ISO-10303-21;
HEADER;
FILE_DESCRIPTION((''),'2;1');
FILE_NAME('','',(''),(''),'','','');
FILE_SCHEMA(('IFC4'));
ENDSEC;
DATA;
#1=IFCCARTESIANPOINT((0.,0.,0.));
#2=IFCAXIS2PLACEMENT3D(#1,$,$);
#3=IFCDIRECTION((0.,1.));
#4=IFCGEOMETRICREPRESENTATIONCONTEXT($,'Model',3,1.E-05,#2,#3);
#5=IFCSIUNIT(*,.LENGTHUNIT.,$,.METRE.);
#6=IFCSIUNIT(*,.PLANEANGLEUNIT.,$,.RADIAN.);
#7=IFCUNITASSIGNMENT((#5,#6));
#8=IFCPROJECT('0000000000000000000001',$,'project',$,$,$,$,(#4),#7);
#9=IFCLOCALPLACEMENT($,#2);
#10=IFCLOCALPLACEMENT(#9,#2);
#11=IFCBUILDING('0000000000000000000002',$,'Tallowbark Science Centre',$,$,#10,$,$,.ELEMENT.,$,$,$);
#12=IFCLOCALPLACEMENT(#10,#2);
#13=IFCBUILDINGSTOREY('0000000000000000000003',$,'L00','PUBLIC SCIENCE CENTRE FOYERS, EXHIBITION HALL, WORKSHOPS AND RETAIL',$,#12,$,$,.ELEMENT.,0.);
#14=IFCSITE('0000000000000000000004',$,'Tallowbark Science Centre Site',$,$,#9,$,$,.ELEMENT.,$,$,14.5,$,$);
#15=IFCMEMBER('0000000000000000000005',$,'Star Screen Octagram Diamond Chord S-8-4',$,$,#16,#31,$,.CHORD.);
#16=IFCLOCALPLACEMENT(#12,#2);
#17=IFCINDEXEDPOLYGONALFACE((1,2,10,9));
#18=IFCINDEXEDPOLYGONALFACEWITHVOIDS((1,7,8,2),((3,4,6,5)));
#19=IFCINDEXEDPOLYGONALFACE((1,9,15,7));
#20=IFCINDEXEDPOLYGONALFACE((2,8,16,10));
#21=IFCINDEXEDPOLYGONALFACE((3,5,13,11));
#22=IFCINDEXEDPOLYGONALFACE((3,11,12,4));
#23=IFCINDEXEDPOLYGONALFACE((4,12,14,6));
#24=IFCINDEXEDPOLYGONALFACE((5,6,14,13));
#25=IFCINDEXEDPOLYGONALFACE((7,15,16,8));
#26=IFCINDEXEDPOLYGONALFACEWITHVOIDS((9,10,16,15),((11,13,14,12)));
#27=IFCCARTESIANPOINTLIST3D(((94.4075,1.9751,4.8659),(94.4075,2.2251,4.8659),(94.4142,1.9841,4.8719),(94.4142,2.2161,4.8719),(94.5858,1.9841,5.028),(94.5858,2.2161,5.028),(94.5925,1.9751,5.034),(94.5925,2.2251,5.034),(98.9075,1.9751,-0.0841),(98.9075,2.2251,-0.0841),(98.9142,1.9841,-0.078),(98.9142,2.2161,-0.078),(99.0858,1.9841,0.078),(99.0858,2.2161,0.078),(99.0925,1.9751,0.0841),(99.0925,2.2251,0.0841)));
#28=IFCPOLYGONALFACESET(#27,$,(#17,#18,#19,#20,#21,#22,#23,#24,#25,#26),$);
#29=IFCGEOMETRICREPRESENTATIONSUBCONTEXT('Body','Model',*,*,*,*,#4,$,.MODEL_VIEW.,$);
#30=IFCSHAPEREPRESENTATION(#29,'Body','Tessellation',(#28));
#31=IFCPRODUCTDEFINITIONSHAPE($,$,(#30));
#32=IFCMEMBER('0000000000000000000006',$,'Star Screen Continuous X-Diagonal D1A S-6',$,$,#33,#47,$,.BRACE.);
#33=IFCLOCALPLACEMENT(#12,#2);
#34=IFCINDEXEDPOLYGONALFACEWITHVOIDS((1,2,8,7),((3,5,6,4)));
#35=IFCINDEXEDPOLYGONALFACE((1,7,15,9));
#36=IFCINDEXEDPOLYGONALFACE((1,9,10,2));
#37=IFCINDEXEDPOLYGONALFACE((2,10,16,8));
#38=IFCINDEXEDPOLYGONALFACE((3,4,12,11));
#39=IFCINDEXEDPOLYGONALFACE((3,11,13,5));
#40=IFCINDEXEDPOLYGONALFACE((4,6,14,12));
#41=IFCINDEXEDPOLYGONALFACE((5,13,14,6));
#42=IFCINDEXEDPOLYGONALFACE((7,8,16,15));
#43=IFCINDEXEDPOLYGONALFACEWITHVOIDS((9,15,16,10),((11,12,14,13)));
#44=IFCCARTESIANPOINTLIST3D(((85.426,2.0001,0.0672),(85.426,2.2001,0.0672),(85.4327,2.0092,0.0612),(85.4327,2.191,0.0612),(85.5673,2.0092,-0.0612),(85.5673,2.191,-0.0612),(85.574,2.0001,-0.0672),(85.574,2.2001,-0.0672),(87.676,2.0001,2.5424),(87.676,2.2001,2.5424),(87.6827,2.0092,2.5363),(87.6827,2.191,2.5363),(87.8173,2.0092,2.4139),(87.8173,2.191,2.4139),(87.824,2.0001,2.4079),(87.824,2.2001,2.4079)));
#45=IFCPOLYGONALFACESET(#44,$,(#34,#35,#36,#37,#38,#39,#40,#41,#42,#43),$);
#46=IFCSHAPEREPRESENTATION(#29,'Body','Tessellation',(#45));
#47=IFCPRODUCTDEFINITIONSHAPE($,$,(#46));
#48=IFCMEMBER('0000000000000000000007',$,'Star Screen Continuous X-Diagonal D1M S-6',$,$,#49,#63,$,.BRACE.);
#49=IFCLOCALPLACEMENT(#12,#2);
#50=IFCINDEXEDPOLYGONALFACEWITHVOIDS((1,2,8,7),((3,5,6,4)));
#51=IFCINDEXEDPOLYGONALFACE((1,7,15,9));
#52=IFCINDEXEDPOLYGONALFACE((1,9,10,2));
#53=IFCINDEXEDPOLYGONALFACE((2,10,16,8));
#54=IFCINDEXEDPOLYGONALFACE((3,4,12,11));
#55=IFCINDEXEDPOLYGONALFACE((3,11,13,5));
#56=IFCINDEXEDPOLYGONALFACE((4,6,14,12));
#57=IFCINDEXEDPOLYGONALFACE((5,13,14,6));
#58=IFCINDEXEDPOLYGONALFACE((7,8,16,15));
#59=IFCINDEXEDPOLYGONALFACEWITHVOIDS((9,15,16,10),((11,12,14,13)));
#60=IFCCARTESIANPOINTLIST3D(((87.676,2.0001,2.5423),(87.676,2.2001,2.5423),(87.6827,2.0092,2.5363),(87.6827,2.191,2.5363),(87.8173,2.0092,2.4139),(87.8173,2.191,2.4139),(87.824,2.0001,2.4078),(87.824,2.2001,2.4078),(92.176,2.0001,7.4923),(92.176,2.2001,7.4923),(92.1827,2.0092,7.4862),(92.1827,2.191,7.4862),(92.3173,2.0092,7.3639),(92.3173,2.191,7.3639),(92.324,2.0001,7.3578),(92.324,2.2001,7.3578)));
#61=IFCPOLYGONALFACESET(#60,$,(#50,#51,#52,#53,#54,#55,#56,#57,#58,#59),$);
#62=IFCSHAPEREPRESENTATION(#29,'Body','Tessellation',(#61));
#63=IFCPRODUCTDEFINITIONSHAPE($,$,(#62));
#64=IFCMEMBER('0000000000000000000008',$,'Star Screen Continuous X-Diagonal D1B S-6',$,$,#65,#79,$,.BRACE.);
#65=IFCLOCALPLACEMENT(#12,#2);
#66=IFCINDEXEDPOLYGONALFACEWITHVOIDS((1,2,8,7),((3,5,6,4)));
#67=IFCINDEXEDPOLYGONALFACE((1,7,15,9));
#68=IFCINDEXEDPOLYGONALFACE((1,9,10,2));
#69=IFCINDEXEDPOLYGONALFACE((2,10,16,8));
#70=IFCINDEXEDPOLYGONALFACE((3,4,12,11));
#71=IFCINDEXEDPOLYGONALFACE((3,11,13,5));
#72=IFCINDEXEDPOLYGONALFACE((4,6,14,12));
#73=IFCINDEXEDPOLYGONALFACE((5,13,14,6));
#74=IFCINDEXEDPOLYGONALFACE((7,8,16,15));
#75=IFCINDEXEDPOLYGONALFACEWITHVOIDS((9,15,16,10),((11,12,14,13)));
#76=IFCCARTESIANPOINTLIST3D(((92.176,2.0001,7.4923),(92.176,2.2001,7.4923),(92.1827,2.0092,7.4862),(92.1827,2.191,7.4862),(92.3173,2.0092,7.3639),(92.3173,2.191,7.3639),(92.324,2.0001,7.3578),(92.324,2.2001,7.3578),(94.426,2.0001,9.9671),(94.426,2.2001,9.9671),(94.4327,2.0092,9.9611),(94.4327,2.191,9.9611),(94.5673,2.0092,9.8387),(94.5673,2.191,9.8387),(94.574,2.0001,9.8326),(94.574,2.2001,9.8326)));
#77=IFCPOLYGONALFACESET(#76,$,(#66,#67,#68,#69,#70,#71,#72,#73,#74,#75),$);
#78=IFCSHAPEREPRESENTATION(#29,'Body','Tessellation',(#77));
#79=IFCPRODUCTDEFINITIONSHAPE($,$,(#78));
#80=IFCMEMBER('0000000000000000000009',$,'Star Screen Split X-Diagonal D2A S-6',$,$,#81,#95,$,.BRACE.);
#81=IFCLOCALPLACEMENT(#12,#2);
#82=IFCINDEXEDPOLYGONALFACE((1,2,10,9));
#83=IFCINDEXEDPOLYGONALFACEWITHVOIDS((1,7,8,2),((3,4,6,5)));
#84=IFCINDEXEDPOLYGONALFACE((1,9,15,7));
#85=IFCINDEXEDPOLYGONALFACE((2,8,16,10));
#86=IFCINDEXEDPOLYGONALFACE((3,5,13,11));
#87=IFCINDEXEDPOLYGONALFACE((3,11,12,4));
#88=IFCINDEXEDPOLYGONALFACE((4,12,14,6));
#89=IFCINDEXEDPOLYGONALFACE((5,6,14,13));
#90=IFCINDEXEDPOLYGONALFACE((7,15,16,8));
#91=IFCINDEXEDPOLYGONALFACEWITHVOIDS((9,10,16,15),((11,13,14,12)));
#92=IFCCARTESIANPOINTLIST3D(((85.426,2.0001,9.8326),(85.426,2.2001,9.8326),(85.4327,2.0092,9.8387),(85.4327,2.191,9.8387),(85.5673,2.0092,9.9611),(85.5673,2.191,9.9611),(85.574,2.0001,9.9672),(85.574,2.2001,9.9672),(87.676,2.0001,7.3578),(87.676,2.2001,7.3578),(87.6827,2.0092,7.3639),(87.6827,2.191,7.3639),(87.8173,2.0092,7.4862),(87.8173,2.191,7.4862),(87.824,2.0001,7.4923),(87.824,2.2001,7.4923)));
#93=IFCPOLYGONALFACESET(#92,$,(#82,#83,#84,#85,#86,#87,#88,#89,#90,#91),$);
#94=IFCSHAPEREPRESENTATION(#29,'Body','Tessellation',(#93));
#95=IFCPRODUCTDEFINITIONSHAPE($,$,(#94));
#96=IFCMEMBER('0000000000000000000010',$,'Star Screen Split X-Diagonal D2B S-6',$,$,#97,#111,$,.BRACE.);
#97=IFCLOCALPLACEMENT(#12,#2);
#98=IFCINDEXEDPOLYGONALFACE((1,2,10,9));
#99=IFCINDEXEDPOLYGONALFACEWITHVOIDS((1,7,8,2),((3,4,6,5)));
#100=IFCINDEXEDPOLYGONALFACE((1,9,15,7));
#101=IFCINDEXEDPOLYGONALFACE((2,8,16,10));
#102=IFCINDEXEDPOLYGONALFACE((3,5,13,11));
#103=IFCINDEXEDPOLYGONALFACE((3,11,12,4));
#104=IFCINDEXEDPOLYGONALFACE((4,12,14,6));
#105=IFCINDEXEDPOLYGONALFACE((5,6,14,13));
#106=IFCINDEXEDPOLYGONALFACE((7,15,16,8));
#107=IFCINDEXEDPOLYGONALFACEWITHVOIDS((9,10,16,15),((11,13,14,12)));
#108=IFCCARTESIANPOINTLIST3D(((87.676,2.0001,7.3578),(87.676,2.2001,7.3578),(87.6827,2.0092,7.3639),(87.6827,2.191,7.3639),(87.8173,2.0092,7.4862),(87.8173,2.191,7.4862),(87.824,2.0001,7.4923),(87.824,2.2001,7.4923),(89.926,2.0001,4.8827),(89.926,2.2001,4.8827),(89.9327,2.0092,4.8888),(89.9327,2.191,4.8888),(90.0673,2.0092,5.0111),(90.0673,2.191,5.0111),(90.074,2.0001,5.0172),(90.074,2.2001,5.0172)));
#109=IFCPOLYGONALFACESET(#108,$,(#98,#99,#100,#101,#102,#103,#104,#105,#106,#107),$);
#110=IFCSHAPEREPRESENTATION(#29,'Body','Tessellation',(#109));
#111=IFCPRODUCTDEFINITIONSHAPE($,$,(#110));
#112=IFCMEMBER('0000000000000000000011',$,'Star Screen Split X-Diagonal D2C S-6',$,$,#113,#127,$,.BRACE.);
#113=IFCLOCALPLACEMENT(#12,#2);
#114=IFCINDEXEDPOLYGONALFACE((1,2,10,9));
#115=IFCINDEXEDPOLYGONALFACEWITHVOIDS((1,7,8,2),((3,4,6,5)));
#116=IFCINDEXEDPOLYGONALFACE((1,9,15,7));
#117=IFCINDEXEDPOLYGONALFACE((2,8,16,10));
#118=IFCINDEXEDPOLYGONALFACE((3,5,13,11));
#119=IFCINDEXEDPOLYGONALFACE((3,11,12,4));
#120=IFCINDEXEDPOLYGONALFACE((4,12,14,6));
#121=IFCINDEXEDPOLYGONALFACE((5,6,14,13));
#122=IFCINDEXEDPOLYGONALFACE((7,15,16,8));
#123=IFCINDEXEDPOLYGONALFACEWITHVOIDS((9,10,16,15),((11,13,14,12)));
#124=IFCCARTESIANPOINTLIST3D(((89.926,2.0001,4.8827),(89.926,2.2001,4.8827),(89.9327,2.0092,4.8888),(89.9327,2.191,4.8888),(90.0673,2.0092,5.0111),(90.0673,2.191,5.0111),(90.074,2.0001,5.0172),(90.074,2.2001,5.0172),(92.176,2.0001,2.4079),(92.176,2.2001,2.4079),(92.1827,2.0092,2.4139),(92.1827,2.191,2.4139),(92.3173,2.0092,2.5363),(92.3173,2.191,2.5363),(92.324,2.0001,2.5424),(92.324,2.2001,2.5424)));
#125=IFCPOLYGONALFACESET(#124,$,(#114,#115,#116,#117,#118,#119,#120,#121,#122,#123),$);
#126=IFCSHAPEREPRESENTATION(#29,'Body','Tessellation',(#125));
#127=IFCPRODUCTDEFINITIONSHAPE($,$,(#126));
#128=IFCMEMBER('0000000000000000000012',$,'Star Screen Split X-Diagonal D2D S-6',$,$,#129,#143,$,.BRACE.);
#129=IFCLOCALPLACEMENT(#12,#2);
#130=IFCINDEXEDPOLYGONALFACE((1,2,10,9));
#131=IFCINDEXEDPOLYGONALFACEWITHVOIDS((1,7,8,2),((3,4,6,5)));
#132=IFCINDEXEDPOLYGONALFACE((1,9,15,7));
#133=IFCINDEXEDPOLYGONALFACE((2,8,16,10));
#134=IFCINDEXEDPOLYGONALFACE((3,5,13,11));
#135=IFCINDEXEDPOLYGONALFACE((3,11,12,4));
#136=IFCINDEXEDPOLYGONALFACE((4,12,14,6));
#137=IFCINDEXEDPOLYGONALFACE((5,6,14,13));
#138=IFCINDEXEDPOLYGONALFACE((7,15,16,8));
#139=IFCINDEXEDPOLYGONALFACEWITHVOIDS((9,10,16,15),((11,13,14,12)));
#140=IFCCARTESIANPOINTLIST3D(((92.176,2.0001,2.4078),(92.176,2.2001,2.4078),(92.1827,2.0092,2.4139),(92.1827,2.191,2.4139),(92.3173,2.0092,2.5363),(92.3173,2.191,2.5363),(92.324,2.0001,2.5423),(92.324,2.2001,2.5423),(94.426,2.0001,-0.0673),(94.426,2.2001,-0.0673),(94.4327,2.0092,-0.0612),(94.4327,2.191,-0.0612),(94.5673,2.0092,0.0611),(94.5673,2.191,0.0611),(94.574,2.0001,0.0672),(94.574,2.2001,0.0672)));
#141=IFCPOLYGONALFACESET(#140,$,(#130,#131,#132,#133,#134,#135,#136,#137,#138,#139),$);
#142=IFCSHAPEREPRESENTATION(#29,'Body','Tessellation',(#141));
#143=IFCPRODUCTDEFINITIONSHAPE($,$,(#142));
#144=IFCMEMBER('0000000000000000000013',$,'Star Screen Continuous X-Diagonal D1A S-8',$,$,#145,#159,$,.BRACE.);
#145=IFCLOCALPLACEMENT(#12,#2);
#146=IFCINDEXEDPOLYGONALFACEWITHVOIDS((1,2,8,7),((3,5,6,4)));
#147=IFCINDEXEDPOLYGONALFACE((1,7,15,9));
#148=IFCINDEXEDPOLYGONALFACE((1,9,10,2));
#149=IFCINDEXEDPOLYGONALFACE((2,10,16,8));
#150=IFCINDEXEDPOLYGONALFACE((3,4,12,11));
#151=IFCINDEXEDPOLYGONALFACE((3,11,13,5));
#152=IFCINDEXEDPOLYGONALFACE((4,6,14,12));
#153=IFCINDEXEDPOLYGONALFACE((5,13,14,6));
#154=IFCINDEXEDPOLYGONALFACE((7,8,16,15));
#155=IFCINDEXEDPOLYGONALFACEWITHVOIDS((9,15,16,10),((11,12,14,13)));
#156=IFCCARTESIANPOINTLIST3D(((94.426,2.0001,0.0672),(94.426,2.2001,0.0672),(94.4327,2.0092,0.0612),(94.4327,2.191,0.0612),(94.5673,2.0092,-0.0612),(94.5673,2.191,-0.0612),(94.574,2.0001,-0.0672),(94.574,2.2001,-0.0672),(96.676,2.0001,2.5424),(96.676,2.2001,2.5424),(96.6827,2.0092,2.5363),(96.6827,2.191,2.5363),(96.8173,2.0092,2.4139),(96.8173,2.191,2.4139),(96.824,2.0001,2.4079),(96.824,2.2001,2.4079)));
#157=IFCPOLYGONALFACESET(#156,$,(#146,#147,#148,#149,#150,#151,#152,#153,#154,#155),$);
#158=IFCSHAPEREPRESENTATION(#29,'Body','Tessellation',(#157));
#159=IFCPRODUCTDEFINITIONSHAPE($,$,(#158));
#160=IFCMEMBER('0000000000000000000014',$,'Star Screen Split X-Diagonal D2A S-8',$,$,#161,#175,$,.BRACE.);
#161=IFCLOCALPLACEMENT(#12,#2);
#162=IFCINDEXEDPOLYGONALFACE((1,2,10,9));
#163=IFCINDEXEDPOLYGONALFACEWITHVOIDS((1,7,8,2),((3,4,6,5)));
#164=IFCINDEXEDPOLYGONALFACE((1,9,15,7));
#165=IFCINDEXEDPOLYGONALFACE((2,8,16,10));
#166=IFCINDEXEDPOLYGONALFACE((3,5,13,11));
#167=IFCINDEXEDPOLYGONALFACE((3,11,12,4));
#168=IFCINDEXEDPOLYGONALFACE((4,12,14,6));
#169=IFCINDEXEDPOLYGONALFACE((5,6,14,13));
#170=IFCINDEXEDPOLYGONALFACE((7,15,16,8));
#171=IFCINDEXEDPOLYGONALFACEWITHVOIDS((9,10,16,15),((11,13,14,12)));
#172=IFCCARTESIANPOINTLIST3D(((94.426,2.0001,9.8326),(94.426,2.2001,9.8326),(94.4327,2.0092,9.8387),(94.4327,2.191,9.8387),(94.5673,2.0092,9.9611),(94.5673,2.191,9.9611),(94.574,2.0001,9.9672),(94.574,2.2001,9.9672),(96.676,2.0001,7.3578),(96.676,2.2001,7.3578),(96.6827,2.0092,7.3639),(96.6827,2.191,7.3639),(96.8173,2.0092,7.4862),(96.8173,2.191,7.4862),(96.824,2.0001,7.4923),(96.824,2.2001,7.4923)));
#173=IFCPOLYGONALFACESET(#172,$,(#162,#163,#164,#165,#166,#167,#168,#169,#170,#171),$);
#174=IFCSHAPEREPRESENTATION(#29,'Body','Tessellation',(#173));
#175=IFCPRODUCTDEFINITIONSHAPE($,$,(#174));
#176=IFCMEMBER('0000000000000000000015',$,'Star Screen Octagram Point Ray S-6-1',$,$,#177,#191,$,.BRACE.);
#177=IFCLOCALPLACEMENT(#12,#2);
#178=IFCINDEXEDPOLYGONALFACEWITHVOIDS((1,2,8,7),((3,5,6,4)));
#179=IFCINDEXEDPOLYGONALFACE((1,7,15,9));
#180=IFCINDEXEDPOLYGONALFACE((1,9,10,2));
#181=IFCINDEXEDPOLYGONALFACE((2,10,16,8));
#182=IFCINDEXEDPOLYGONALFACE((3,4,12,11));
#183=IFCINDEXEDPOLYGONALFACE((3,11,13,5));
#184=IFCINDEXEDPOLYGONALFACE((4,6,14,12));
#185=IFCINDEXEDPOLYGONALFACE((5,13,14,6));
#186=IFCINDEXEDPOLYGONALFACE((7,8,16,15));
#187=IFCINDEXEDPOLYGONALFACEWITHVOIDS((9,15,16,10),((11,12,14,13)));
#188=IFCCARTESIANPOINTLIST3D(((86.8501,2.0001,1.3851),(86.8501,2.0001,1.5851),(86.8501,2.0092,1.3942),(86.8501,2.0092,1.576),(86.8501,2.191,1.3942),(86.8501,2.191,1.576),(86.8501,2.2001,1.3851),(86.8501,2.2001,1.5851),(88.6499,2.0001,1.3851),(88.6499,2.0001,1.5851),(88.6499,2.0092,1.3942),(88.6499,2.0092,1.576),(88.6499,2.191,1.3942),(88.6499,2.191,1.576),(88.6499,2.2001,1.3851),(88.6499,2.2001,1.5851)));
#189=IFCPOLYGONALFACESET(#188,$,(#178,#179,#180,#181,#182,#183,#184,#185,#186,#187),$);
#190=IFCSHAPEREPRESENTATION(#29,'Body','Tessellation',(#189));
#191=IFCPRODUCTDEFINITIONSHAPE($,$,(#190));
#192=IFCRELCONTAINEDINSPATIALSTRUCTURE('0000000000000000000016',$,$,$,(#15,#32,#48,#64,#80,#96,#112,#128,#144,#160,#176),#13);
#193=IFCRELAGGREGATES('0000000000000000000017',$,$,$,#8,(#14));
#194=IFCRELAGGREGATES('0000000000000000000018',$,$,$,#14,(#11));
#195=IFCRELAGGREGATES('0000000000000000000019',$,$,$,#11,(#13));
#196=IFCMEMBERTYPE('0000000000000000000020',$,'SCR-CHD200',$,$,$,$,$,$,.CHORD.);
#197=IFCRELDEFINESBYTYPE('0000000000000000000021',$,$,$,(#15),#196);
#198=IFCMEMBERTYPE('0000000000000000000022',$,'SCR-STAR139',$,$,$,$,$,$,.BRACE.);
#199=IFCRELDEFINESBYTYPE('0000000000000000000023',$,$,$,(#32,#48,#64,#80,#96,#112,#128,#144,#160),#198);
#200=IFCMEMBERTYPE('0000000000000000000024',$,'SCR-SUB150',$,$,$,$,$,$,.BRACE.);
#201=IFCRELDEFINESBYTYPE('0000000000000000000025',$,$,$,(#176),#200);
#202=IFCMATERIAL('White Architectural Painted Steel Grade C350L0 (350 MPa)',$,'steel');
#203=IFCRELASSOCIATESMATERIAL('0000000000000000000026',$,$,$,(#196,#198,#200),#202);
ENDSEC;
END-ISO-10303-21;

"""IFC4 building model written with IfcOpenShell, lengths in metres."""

from ifc_helpers import new_model, si_unit, direction, frame, origin, origin_2d, place, context, subcontext, project, spatial, hollow_rectangle, extrude, material, material_profile, profile_set, type_object, element, save


model = new_model("IFC4")

# Units and contexts
model_context = context("Model", 3, precision=1e-05, world=origin(), true_north=direction((0.0, 1.0)))
body_context = subcontext(model_context, "Body", "Model", "MODEL_VIEW")
ifc_project = project(units=[si_unit("LENGTHUNIT", "METRE"), si_unit("PLANEANGLEUNIT", "RADIAN")], contexts=[model_context])

# Site, building, storey
site_placement = place(None, origin())
site = spatial("IfcSite", under=ifc_project, at=site_placement, Name="Tallowbark Science Centre Site", CompositionType="ELEMENT", RefElevation=14.5)
building_placement = place(site_placement, origin())
building = spatial("IfcBuilding", under=site, at=building_placement, Name="Tallowbark Science Centre", CompositionType="ELEMENT")
storey_placement = place(building_placement, origin())
storey = spatial("IfcBuildingStorey", under=building, at=storey_placement, Name="L00", Description="PUBLIC SCIENCE CENTRE FOYERS, EXHIBITION HALL, WORKSHOPS AND RETAIL", CompositionType="ELEMENT", Elevation=0.0)

# Shared definitions
ifc_material_1 = material(Name="White Architectural Painted Steel Grade C350L0 (350 MPa)", Category="steel")

# Members
ifc_material_profile_1 = material_profile(ifc_material_1, hollow_rectangle(XDim=0.25, YDim=0.25, WallThickness=0.009, at=origin_2d()), Name="250x250x9.0SHS")
ifc_profile_set_1 = profile_set([ifc_material_profile_1], Name="White Architectural Painted Steel Grade C350L0 (350 MPa)")
member_type_1 = type_object("IfcMemberType", Name="SCR-CHD200", PredefinedType="CHORD", material=ifc_profile_set_1)
member_1_placement = place(storey_placement, frame((94.5, 2.1001, 4.95), z_axis=(0.672676, 0.0, -0.739937), x_axis=(0.0, 1.0, 0.0)))
element("IfcMember", 1, at=member_1_placement, inside=storey, type_object=member_type_1, Name="Star Screen Octagram Diamond Chord S-8-4", PredefinedType="CHORD", context=body_context, shape_type="SweptSolid", body=[
    extrude(hollow_rectangle(XDim=0.25, YDim=0.25, WallThickness=0.009, at=origin_2d()), origin(), (0.0, 0.0, 1.0), 6.6897),
])
ifc_material_profile_2 = material_profile(ifc_material_1, hollow_rectangle(XDim=0.2, YDim=0.2, WallThickness=0.009, at=origin_2d()), Name="200x200x9.0SHS")
ifc_profile_set_2 = profile_set([ifc_material_profile_2], Name="White Architectural Painted Steel Grade C350L0 (350 MPa)")
member_type_2 = type_object("IfcMemberType", Name="SCR-STAR139", PredefinedType="BRACE", material=ifc_profile_set_2)
member_2_placement = place(storey_placement, frame((85.5, 2.1001, 0.0), z_axis=(0.672658, 0.0, 0.739953), x_axis=(0.0, 1.0, 0.0)))
element("IfcMember", 2, at=member_2_placement, inside=storey, type_object=member_type_2, Name="Star Screen Continuous X-Diagonal D1A S-6", PredefinedType="BRACE", context=body_context, shape_type="SweptSolid", body=[
    extrude(hollow_rectangle(XDim=0.2, YDim=0.2, WallThickness=0.009, at=origin_2d()), origin(), (0.0, 0.0, 1.0), 3.345),
])
member_3_placement = place(storey_placement, frame((87.75, 2.1001, 2.4751), z_axis=(0.672676, 0.0, 0.739937), x_axis=(0.0, 1.0, 0.0)))
element("IfcMember", 3, at=member_3_placement, inside=storey, type_object=member_type_2, Name="Star Screen Continuous X-Diagonal D1M S-6", PredefinedType="BRACE", context=body_context, shape_type="SweptSolid", body=[
    extrude(hollow_rectangle(XDim=0.2, YDim=0.2, WallThickness=0.009, at=origin_2d()), origin(), (0.0, 0.0, 1.0), 6.6897),
])
for number, where, z_axis, x_axis, name in (
    (4, (92.25, 2.1001, 7.425), (0.672695, 0.0, 0.73992), (0.0, 1.0, 0.0), "Star Screen Continuous X-Diagonal D1B S-6"),
    (5, (85.5, 2.1001, 9.8999), (0.672695, 0.0, -0.73992), (0.0, 1.0, 0.0), "Star Screen Split X-Diagonal D2A S-6"),
):
    element("IfcMember", number, at=place(storey_placement, frame(where, z_axis=z_axis, x_axis=x_axis)), inside=storey, type_object=member_type_2, Name=name, PredefinedType="BRACE", context=body_context, shape_type="SweptSolid", body=[
        extrude(hollow_rectangle(XDim=0.2, YDim=0.2, WallThickness=0.009, at=origin_2d()), origin(), (0.0, 0.0, 1.0), 3.3447),
    ])
member_4_placement = place(storey_placement, frame((87.75, 2.1001, 7.425), z_axis=(0.672658, 0.0, -0.739953), x_axis=(0.0, 1.0, 0.0)))
element("IfcMember", 6, at=member_4_placement, inside=storey, type_object=member_type_2, Name="Star Screen Split X-Diagonal D2B S-6", PredefinedType="BRACE", context=body_context, shape_type="SweptSolid", body=[
    extrude(hollow_rectangle(XDim=0.2, YDim=0.2, WallThickness=0.009, at=origin_2d()), origin(), (0.0, 0.0, 1.0), 3.345),
])
member_5_placement = place(storey_placement, frame((90.0, 2.1001, 4.95), z_axis=(0.672695, 0.0, -0.73992), x_axis=(0.0, 1.0, 0.0)))
element("IfcMember", 7, at=member_5_placement, inside=storey, type_object=member_type_2, Name="Star Screen Split X-Diagonal D2C S-6", PredefinedType="BRACE", context=body_context, shape_type="SweptSolid", body=[
    extrude(hollow_rectangle(XDim=0.2, YDim=0.2, WallThickness=0.009, at=origin_2d()), origin(), (0.0, 0.0, 1.0), 3.3447),
])
for number, where, z_axis, x_axis, name in (
    (8, (92.25, 2.1001, 2.4751), (0.672658, 0.0, -0.739953), (0.0, 1.0, 0.0), "Star Screen Split X-Diagonal D2D S-6"),
    (9, (94.5, 2.1001, 0.0), (0.672658, 0.0, 0.739953), (0.0, 1.0, 0.0), "Star Screen Continuous X-Diagonal D1A S-8"),
):
    element("IfcMember", number, at=place(storey_placement, frame(where, z_axis=z_axis, x_axis=x_axis)), inside=storey, type_object=member_type_2, Name=name, PredefinedType="BRACE", context=body_context, shape_type="SweptSolid", body=[
        extrude(hollow_rectangle(XDim=0.2, YDim=0.2, WallThickness=0.009, at=origin_2d()), origin(), (0.0, 0.0, 1.0), 3.345),
    ])
member_6_placement = place(storey_placement, frame((94.5, 2.1001, 9.8999), z_axis=(0.672695, 0.0, -0.73992), x_axis=(0.0, 1.0, 0.0)))
element("IfcMember", 10, at=member_6_placement, inside=storey, type_object=member_type_2, Name="Star Screen Split X-Diagonal D2A S-8", PredefinedType="BRACE", context=body_context, shape_type="SweptSolid", body=[
    extrude(hollow_rectangle(XDim=0.2, YDim=0.2, WallThickness=0.009, at=origin_2d()), origin(), (0.0, 0.0, 1.0), 3.3447),
])
ifc_material_profile_3 = material_profile(ifc_material_1, hollow_rectangle(XDim=0.2, YDim=0.2, WallThickness=0.009, at=origin_2d()), Name="200x200x9.0SHS")
ifc_profile_set_3 = profile_set([ifc_material_profile_3], Name="White Architectural Painted Steel Grade C350L0 (350 MPa)")
member_type_3 = type_object("IfcMemberType", Name="SCR-SUB150", PredefinedType="BRACE", material=ifc_profile_set_3)
member_7_placement = place(storey_placement, frame((86.8501, 2.1001, 1.4851), z_axis=(1.0, 0.0, 0.0), x_axis=(0.0, 1.0, 0.0)))
element("IfcMember", 11, at=member_7_placement, inside=storey, type_object=member_type_3, Name="Star Screen Octagram Point Ray S-6-1", PredefinedType="BRACE", context=body_context, shape_type="SweptSolid", body=[
    extrude(hollow_rectangle(XDim=0.2, YDim=0.2, WallThickness=0.009, at=origin_2d()), origin(), (0.0, 0.0, 1.0), 1.7998),
])

save(model, "model.ifc")
